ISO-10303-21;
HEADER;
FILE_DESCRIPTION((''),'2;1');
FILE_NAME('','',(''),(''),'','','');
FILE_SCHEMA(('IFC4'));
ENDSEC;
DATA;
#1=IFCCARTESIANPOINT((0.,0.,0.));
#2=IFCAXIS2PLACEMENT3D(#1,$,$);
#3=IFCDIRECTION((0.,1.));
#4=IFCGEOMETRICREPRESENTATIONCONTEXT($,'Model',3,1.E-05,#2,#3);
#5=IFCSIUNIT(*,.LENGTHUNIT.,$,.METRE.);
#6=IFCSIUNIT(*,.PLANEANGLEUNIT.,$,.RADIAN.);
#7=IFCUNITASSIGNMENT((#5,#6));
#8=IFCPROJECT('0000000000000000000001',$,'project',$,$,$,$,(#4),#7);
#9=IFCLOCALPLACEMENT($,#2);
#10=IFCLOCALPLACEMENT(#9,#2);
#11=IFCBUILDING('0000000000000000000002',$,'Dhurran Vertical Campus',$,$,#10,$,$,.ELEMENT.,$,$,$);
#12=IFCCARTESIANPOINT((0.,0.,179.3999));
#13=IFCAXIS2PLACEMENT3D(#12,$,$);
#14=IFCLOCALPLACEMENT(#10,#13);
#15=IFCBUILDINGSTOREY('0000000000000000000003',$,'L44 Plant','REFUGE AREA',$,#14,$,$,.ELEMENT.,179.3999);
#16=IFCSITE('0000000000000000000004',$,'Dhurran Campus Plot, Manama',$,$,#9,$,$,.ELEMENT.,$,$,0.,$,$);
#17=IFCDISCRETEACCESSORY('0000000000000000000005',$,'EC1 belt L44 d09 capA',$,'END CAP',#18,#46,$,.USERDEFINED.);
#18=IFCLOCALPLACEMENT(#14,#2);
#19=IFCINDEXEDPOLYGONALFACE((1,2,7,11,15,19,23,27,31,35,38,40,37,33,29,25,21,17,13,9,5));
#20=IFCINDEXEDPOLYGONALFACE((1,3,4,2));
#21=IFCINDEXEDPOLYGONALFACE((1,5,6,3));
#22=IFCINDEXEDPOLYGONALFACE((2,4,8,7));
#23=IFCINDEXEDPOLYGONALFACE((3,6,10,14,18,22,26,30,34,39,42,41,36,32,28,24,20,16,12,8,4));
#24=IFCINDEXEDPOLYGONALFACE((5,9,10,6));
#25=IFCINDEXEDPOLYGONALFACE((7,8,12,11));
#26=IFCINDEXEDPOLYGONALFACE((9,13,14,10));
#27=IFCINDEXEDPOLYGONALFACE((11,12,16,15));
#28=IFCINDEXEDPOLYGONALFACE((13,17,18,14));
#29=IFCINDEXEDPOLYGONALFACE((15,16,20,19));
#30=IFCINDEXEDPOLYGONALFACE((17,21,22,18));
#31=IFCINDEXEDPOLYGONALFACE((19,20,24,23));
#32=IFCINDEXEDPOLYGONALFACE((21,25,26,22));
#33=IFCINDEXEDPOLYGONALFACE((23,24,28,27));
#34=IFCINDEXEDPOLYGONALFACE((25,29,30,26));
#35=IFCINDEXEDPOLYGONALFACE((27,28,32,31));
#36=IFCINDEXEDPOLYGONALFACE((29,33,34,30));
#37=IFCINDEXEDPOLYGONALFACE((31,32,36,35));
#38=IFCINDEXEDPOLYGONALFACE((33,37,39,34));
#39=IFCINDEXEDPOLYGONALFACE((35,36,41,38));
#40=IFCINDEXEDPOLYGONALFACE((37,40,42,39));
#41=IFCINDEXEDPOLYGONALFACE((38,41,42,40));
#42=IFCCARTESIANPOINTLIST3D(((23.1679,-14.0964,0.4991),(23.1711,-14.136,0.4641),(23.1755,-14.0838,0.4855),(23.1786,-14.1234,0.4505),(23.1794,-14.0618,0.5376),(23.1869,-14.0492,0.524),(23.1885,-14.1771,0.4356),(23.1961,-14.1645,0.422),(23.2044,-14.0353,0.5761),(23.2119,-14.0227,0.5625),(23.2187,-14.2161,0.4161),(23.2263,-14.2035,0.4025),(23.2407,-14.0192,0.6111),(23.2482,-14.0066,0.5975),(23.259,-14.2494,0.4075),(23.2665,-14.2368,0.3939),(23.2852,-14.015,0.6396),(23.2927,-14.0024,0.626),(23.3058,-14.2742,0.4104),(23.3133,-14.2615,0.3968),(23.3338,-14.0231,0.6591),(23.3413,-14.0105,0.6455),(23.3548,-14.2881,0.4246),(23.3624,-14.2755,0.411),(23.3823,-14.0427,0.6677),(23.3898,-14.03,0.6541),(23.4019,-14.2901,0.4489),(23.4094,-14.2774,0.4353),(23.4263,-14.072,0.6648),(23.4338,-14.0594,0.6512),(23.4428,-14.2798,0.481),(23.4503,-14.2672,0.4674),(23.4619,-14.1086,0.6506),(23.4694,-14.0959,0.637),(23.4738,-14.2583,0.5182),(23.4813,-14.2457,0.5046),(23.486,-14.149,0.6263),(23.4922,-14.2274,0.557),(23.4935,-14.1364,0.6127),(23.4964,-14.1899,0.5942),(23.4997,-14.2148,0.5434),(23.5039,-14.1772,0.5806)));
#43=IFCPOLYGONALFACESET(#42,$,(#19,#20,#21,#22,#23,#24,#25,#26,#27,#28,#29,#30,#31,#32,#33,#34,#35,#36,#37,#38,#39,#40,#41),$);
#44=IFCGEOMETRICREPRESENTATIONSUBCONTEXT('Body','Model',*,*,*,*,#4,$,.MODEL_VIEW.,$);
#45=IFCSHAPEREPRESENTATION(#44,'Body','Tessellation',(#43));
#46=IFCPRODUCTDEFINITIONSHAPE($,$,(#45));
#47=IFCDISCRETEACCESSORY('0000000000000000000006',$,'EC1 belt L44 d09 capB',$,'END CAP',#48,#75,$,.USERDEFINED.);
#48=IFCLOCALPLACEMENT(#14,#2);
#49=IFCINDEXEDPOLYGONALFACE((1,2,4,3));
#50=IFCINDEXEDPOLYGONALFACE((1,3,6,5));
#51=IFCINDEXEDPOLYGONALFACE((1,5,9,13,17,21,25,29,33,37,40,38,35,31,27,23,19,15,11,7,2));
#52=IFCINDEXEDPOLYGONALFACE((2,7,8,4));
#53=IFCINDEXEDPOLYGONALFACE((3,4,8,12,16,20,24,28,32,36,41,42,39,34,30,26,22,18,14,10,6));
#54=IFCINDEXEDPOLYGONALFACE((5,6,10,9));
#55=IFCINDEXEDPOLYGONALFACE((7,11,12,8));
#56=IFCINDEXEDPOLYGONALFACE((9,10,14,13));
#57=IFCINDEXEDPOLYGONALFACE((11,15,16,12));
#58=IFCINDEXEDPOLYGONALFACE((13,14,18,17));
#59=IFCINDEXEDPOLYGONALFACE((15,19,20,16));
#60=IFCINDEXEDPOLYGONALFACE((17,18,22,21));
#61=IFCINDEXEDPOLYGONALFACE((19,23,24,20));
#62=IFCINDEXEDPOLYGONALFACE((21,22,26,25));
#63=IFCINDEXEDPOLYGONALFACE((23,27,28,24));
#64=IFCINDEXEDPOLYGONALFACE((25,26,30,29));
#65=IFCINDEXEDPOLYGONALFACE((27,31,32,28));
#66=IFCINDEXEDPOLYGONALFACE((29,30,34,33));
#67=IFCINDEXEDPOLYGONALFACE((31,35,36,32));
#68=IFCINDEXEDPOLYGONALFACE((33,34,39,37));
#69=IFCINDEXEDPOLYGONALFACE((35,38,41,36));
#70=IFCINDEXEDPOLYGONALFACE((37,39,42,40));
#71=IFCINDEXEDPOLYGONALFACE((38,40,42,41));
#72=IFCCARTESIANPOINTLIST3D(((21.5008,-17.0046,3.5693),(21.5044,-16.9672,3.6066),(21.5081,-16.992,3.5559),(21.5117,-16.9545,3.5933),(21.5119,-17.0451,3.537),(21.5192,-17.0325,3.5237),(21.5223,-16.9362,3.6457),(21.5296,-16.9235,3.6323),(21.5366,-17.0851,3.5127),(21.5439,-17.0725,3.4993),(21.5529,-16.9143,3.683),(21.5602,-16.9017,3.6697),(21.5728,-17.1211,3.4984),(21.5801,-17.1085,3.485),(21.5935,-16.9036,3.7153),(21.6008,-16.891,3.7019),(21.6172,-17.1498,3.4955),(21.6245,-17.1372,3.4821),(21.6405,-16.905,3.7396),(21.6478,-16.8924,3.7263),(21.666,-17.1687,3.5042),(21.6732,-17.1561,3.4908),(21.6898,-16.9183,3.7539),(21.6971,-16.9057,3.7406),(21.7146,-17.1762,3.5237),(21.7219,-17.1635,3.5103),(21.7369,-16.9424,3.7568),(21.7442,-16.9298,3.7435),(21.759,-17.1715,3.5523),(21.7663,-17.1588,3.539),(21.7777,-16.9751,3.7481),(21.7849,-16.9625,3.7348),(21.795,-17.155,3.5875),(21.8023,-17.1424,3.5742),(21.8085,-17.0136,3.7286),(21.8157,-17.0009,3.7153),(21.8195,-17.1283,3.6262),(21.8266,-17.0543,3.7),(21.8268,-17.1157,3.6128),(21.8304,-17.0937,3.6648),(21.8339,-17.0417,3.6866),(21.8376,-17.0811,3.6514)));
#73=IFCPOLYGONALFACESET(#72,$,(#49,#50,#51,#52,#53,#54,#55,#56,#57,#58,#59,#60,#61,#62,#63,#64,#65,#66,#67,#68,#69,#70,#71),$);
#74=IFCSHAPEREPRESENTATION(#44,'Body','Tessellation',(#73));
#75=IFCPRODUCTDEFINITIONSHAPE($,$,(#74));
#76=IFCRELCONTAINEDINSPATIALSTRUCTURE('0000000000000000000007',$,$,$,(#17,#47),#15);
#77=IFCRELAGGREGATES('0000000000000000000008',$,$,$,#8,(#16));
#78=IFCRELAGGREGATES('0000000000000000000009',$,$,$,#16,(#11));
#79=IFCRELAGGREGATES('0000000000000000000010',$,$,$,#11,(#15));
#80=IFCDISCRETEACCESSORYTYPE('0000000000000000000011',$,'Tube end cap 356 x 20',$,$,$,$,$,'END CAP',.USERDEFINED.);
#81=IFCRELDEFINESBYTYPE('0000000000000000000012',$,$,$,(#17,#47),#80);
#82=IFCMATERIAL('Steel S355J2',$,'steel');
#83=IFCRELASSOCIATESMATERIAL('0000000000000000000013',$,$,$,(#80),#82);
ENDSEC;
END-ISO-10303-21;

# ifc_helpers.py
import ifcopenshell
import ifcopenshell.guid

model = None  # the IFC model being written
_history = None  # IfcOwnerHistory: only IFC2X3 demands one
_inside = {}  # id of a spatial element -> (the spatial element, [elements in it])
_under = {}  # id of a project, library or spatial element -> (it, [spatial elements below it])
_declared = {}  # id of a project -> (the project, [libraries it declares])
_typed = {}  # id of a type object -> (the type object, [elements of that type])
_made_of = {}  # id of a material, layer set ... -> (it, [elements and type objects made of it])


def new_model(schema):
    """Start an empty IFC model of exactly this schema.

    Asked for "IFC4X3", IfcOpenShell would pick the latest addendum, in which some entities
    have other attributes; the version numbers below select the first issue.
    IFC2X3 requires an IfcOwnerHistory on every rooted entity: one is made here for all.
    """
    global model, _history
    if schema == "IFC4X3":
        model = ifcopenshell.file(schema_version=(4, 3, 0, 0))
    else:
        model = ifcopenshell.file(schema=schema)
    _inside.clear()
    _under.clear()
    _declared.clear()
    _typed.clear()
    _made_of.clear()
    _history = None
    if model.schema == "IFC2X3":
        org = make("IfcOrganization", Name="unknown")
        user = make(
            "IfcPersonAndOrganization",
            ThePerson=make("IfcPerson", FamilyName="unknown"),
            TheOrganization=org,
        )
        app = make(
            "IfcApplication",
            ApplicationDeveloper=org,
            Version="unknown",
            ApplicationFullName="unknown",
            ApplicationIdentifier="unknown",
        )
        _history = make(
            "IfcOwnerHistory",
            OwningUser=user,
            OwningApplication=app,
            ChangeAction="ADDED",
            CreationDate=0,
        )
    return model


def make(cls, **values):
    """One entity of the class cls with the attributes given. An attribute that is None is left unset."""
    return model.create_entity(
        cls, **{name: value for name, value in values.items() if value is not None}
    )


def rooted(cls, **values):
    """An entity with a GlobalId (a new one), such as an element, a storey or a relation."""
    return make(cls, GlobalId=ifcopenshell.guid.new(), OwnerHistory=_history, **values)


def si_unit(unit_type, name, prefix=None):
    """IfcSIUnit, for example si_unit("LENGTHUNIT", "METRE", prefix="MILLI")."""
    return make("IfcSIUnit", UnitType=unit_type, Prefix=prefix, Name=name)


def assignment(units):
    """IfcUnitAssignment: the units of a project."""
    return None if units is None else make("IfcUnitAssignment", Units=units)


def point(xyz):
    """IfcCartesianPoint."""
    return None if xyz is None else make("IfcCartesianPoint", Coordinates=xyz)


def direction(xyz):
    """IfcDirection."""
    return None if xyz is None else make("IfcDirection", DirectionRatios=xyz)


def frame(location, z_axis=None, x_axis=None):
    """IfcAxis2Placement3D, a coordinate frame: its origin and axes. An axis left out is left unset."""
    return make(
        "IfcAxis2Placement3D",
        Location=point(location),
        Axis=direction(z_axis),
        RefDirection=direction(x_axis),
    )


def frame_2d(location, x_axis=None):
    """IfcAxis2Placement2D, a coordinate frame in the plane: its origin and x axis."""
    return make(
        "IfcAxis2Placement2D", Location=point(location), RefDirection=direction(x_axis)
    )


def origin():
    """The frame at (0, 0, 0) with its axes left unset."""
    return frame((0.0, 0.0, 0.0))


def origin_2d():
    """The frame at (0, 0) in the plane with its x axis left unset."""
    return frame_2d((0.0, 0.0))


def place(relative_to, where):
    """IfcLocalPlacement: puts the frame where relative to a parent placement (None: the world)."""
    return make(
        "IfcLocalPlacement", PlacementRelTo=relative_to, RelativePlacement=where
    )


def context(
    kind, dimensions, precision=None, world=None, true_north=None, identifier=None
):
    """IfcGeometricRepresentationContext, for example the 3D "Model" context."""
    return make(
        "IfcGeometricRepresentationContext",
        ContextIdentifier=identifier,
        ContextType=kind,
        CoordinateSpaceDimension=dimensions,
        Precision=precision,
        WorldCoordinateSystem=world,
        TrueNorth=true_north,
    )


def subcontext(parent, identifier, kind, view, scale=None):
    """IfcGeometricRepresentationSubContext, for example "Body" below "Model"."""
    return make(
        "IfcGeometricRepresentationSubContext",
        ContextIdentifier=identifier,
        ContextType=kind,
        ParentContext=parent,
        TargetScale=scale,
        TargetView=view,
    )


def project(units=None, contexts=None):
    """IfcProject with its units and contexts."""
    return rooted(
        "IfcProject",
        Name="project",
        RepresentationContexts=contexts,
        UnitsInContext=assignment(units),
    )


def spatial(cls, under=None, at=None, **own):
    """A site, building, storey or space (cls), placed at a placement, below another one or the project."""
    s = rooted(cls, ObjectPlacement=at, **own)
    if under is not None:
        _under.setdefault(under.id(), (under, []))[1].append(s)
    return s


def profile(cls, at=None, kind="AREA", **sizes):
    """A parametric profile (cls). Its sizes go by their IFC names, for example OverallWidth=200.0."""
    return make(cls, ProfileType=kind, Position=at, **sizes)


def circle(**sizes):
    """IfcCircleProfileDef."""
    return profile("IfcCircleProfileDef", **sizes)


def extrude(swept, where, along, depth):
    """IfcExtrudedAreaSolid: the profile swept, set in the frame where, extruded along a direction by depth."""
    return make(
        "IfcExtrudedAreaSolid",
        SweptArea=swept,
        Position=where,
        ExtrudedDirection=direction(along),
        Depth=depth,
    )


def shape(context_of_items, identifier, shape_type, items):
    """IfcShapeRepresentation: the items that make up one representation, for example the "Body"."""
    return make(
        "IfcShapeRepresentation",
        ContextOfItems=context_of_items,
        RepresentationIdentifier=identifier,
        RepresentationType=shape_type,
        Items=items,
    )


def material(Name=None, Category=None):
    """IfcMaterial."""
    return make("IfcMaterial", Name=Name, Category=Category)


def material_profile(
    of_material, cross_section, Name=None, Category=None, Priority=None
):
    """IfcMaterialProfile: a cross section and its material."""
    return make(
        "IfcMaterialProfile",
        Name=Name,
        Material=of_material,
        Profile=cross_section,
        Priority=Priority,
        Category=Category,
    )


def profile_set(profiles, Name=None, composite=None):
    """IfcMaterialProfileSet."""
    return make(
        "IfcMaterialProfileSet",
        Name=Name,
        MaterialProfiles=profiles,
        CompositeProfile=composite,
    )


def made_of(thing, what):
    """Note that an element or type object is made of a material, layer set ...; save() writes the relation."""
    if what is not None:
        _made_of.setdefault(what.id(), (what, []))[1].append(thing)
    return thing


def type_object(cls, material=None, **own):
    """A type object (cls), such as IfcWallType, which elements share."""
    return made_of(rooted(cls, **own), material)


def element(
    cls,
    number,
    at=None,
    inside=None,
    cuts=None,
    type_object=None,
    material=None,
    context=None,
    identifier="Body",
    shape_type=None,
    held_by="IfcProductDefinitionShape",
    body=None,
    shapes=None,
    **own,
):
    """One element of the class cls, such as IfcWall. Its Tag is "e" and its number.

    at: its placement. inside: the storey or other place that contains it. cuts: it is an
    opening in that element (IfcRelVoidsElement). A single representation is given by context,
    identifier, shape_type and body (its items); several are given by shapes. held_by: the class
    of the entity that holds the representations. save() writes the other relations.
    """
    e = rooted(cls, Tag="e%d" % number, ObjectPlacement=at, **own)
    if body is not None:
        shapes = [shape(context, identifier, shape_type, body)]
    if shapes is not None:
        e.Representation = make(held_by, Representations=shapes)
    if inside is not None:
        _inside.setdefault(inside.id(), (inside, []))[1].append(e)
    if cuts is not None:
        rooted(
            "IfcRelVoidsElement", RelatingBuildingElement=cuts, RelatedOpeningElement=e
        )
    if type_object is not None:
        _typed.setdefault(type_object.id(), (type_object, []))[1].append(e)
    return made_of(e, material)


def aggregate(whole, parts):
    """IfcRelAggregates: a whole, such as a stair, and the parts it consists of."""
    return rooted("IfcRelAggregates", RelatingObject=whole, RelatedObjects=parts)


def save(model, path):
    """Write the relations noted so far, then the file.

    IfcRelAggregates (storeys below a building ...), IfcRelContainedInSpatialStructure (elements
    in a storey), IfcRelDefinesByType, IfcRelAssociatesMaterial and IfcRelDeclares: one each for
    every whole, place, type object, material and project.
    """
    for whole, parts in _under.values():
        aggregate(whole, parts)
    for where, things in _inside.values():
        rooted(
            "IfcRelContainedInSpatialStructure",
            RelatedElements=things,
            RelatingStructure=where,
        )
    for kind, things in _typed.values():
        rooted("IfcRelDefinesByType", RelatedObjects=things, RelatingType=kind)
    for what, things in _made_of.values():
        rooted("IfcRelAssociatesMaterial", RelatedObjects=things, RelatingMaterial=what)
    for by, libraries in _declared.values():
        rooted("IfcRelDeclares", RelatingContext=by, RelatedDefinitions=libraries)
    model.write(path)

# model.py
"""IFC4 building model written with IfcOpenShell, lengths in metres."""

from ifc_helpers import new_model, si_unit, direction, frame, origin, origin_2d, place, context, subcontext, project, spatial, circle, extrude, material, material_profile, profile_set, type_object, element, save


model = new_model("IFC4")

# Units and contexts
model_context = context("Model", 3, precision=1e-05, world=origin(), true_north=direction((0.0, 1.0)))
body_context = subcontext(model_context, "Body", "Model", "MODEL_VIEW")
ifc_project = project(units=[si_unit("LENGTHUNIT", "METRE"), si_unit("PLANEANGLEUNIT", "RADIAN")], contexts=[model_context])

# Site, building, storey
site_placement = place(None, origin())
site = spatial("IfcSite", under=ifc_project, at=site_placement, Name="Dhurran Campus Plot, Manama", CompositionType="ELEMENT", RefElevation=0.0)
building_placement = place(site_placement, origin())
building = spatial("IfcBuilding", under=site, at=building_placement, Name="Dhurran Vertical Campus", CompositionType="ELEMENT")
storey_placement = place(building_placement, frame((0.0, 0.0, 179.3999)))
storey = spatial("IfcBuildingStorey", under=building, at=storey_placement, Name="L44 Plant", Description="REFUGE AREA", CompositionType="ELEMENT", Elevation=179.3999)

# Discrete accessories
ifc_material_1 = material(Name="Steel S355J2", Category="steel")
ifc_material_profile_1 = material_profile(ifc_material_1, circle(Radius=0.1777, at=origin_2d()), Name="Tube end cap 356 x 20")
ifc_profile_set_1 = profile_set([ifc_material_profile_1], Name="Steel S355J2")
discrete_accessory_type = type_object("IfcDiscreteAccessoryType", Name="Tube end cap 356 x 20", ElementType="END CAP", PredefinedType="USERDEFINED", material=ifc_profile_set_1)
for number, where, z_axis, x_axis, name in (
    (1, (23.332, -14.1528, 0.5376), (0.375903, 0.630546, -0.67905), (-0.858947, 0.512065, 0.0), "EC1 belt L44 d09 capA"),
):
    element("IfcDiscreteAccessory", number, at=place(storey_placement, frame(where, z_axis=z_axis, x_axis=x_axis)), inside=storey, type_object=discrete_accessory_type, Name=name, ObjectType="END CAP", PredefinedType="USERDEFINED", context=body_context, shape_type="SweptSolid", body=[
        extrude(circle(Radius=0.1777, at=origin_2d()), origin(), (0.0, 0.0, 1.0), 0.02),
    ])
discrete_accessory_1_placement = place(storey_placement, frame((21.6729, -17.0269, 3.6128), z_axis=(-0.368466, -0.638674, 0.675521), x_axis=(0.866186, -0.499722, 0.0)))
element("IfcDiscreteAccessory", 2, at=discrete_accessory_1_placement, inside=storey, type_object=discrete_accessory_type, Name="EC1 belt L44 d09 capB", ObjectType="END CAP", PredefinedType="USERDEFINED", context=body_context, shape_type="SweptSolid", body=[
    extrude(circle(Radius=0.1777, at=origin_2d()), origin(), (0.0, 0.0, 1.0), 0.0198),
])

save(model, "model.ifc")
